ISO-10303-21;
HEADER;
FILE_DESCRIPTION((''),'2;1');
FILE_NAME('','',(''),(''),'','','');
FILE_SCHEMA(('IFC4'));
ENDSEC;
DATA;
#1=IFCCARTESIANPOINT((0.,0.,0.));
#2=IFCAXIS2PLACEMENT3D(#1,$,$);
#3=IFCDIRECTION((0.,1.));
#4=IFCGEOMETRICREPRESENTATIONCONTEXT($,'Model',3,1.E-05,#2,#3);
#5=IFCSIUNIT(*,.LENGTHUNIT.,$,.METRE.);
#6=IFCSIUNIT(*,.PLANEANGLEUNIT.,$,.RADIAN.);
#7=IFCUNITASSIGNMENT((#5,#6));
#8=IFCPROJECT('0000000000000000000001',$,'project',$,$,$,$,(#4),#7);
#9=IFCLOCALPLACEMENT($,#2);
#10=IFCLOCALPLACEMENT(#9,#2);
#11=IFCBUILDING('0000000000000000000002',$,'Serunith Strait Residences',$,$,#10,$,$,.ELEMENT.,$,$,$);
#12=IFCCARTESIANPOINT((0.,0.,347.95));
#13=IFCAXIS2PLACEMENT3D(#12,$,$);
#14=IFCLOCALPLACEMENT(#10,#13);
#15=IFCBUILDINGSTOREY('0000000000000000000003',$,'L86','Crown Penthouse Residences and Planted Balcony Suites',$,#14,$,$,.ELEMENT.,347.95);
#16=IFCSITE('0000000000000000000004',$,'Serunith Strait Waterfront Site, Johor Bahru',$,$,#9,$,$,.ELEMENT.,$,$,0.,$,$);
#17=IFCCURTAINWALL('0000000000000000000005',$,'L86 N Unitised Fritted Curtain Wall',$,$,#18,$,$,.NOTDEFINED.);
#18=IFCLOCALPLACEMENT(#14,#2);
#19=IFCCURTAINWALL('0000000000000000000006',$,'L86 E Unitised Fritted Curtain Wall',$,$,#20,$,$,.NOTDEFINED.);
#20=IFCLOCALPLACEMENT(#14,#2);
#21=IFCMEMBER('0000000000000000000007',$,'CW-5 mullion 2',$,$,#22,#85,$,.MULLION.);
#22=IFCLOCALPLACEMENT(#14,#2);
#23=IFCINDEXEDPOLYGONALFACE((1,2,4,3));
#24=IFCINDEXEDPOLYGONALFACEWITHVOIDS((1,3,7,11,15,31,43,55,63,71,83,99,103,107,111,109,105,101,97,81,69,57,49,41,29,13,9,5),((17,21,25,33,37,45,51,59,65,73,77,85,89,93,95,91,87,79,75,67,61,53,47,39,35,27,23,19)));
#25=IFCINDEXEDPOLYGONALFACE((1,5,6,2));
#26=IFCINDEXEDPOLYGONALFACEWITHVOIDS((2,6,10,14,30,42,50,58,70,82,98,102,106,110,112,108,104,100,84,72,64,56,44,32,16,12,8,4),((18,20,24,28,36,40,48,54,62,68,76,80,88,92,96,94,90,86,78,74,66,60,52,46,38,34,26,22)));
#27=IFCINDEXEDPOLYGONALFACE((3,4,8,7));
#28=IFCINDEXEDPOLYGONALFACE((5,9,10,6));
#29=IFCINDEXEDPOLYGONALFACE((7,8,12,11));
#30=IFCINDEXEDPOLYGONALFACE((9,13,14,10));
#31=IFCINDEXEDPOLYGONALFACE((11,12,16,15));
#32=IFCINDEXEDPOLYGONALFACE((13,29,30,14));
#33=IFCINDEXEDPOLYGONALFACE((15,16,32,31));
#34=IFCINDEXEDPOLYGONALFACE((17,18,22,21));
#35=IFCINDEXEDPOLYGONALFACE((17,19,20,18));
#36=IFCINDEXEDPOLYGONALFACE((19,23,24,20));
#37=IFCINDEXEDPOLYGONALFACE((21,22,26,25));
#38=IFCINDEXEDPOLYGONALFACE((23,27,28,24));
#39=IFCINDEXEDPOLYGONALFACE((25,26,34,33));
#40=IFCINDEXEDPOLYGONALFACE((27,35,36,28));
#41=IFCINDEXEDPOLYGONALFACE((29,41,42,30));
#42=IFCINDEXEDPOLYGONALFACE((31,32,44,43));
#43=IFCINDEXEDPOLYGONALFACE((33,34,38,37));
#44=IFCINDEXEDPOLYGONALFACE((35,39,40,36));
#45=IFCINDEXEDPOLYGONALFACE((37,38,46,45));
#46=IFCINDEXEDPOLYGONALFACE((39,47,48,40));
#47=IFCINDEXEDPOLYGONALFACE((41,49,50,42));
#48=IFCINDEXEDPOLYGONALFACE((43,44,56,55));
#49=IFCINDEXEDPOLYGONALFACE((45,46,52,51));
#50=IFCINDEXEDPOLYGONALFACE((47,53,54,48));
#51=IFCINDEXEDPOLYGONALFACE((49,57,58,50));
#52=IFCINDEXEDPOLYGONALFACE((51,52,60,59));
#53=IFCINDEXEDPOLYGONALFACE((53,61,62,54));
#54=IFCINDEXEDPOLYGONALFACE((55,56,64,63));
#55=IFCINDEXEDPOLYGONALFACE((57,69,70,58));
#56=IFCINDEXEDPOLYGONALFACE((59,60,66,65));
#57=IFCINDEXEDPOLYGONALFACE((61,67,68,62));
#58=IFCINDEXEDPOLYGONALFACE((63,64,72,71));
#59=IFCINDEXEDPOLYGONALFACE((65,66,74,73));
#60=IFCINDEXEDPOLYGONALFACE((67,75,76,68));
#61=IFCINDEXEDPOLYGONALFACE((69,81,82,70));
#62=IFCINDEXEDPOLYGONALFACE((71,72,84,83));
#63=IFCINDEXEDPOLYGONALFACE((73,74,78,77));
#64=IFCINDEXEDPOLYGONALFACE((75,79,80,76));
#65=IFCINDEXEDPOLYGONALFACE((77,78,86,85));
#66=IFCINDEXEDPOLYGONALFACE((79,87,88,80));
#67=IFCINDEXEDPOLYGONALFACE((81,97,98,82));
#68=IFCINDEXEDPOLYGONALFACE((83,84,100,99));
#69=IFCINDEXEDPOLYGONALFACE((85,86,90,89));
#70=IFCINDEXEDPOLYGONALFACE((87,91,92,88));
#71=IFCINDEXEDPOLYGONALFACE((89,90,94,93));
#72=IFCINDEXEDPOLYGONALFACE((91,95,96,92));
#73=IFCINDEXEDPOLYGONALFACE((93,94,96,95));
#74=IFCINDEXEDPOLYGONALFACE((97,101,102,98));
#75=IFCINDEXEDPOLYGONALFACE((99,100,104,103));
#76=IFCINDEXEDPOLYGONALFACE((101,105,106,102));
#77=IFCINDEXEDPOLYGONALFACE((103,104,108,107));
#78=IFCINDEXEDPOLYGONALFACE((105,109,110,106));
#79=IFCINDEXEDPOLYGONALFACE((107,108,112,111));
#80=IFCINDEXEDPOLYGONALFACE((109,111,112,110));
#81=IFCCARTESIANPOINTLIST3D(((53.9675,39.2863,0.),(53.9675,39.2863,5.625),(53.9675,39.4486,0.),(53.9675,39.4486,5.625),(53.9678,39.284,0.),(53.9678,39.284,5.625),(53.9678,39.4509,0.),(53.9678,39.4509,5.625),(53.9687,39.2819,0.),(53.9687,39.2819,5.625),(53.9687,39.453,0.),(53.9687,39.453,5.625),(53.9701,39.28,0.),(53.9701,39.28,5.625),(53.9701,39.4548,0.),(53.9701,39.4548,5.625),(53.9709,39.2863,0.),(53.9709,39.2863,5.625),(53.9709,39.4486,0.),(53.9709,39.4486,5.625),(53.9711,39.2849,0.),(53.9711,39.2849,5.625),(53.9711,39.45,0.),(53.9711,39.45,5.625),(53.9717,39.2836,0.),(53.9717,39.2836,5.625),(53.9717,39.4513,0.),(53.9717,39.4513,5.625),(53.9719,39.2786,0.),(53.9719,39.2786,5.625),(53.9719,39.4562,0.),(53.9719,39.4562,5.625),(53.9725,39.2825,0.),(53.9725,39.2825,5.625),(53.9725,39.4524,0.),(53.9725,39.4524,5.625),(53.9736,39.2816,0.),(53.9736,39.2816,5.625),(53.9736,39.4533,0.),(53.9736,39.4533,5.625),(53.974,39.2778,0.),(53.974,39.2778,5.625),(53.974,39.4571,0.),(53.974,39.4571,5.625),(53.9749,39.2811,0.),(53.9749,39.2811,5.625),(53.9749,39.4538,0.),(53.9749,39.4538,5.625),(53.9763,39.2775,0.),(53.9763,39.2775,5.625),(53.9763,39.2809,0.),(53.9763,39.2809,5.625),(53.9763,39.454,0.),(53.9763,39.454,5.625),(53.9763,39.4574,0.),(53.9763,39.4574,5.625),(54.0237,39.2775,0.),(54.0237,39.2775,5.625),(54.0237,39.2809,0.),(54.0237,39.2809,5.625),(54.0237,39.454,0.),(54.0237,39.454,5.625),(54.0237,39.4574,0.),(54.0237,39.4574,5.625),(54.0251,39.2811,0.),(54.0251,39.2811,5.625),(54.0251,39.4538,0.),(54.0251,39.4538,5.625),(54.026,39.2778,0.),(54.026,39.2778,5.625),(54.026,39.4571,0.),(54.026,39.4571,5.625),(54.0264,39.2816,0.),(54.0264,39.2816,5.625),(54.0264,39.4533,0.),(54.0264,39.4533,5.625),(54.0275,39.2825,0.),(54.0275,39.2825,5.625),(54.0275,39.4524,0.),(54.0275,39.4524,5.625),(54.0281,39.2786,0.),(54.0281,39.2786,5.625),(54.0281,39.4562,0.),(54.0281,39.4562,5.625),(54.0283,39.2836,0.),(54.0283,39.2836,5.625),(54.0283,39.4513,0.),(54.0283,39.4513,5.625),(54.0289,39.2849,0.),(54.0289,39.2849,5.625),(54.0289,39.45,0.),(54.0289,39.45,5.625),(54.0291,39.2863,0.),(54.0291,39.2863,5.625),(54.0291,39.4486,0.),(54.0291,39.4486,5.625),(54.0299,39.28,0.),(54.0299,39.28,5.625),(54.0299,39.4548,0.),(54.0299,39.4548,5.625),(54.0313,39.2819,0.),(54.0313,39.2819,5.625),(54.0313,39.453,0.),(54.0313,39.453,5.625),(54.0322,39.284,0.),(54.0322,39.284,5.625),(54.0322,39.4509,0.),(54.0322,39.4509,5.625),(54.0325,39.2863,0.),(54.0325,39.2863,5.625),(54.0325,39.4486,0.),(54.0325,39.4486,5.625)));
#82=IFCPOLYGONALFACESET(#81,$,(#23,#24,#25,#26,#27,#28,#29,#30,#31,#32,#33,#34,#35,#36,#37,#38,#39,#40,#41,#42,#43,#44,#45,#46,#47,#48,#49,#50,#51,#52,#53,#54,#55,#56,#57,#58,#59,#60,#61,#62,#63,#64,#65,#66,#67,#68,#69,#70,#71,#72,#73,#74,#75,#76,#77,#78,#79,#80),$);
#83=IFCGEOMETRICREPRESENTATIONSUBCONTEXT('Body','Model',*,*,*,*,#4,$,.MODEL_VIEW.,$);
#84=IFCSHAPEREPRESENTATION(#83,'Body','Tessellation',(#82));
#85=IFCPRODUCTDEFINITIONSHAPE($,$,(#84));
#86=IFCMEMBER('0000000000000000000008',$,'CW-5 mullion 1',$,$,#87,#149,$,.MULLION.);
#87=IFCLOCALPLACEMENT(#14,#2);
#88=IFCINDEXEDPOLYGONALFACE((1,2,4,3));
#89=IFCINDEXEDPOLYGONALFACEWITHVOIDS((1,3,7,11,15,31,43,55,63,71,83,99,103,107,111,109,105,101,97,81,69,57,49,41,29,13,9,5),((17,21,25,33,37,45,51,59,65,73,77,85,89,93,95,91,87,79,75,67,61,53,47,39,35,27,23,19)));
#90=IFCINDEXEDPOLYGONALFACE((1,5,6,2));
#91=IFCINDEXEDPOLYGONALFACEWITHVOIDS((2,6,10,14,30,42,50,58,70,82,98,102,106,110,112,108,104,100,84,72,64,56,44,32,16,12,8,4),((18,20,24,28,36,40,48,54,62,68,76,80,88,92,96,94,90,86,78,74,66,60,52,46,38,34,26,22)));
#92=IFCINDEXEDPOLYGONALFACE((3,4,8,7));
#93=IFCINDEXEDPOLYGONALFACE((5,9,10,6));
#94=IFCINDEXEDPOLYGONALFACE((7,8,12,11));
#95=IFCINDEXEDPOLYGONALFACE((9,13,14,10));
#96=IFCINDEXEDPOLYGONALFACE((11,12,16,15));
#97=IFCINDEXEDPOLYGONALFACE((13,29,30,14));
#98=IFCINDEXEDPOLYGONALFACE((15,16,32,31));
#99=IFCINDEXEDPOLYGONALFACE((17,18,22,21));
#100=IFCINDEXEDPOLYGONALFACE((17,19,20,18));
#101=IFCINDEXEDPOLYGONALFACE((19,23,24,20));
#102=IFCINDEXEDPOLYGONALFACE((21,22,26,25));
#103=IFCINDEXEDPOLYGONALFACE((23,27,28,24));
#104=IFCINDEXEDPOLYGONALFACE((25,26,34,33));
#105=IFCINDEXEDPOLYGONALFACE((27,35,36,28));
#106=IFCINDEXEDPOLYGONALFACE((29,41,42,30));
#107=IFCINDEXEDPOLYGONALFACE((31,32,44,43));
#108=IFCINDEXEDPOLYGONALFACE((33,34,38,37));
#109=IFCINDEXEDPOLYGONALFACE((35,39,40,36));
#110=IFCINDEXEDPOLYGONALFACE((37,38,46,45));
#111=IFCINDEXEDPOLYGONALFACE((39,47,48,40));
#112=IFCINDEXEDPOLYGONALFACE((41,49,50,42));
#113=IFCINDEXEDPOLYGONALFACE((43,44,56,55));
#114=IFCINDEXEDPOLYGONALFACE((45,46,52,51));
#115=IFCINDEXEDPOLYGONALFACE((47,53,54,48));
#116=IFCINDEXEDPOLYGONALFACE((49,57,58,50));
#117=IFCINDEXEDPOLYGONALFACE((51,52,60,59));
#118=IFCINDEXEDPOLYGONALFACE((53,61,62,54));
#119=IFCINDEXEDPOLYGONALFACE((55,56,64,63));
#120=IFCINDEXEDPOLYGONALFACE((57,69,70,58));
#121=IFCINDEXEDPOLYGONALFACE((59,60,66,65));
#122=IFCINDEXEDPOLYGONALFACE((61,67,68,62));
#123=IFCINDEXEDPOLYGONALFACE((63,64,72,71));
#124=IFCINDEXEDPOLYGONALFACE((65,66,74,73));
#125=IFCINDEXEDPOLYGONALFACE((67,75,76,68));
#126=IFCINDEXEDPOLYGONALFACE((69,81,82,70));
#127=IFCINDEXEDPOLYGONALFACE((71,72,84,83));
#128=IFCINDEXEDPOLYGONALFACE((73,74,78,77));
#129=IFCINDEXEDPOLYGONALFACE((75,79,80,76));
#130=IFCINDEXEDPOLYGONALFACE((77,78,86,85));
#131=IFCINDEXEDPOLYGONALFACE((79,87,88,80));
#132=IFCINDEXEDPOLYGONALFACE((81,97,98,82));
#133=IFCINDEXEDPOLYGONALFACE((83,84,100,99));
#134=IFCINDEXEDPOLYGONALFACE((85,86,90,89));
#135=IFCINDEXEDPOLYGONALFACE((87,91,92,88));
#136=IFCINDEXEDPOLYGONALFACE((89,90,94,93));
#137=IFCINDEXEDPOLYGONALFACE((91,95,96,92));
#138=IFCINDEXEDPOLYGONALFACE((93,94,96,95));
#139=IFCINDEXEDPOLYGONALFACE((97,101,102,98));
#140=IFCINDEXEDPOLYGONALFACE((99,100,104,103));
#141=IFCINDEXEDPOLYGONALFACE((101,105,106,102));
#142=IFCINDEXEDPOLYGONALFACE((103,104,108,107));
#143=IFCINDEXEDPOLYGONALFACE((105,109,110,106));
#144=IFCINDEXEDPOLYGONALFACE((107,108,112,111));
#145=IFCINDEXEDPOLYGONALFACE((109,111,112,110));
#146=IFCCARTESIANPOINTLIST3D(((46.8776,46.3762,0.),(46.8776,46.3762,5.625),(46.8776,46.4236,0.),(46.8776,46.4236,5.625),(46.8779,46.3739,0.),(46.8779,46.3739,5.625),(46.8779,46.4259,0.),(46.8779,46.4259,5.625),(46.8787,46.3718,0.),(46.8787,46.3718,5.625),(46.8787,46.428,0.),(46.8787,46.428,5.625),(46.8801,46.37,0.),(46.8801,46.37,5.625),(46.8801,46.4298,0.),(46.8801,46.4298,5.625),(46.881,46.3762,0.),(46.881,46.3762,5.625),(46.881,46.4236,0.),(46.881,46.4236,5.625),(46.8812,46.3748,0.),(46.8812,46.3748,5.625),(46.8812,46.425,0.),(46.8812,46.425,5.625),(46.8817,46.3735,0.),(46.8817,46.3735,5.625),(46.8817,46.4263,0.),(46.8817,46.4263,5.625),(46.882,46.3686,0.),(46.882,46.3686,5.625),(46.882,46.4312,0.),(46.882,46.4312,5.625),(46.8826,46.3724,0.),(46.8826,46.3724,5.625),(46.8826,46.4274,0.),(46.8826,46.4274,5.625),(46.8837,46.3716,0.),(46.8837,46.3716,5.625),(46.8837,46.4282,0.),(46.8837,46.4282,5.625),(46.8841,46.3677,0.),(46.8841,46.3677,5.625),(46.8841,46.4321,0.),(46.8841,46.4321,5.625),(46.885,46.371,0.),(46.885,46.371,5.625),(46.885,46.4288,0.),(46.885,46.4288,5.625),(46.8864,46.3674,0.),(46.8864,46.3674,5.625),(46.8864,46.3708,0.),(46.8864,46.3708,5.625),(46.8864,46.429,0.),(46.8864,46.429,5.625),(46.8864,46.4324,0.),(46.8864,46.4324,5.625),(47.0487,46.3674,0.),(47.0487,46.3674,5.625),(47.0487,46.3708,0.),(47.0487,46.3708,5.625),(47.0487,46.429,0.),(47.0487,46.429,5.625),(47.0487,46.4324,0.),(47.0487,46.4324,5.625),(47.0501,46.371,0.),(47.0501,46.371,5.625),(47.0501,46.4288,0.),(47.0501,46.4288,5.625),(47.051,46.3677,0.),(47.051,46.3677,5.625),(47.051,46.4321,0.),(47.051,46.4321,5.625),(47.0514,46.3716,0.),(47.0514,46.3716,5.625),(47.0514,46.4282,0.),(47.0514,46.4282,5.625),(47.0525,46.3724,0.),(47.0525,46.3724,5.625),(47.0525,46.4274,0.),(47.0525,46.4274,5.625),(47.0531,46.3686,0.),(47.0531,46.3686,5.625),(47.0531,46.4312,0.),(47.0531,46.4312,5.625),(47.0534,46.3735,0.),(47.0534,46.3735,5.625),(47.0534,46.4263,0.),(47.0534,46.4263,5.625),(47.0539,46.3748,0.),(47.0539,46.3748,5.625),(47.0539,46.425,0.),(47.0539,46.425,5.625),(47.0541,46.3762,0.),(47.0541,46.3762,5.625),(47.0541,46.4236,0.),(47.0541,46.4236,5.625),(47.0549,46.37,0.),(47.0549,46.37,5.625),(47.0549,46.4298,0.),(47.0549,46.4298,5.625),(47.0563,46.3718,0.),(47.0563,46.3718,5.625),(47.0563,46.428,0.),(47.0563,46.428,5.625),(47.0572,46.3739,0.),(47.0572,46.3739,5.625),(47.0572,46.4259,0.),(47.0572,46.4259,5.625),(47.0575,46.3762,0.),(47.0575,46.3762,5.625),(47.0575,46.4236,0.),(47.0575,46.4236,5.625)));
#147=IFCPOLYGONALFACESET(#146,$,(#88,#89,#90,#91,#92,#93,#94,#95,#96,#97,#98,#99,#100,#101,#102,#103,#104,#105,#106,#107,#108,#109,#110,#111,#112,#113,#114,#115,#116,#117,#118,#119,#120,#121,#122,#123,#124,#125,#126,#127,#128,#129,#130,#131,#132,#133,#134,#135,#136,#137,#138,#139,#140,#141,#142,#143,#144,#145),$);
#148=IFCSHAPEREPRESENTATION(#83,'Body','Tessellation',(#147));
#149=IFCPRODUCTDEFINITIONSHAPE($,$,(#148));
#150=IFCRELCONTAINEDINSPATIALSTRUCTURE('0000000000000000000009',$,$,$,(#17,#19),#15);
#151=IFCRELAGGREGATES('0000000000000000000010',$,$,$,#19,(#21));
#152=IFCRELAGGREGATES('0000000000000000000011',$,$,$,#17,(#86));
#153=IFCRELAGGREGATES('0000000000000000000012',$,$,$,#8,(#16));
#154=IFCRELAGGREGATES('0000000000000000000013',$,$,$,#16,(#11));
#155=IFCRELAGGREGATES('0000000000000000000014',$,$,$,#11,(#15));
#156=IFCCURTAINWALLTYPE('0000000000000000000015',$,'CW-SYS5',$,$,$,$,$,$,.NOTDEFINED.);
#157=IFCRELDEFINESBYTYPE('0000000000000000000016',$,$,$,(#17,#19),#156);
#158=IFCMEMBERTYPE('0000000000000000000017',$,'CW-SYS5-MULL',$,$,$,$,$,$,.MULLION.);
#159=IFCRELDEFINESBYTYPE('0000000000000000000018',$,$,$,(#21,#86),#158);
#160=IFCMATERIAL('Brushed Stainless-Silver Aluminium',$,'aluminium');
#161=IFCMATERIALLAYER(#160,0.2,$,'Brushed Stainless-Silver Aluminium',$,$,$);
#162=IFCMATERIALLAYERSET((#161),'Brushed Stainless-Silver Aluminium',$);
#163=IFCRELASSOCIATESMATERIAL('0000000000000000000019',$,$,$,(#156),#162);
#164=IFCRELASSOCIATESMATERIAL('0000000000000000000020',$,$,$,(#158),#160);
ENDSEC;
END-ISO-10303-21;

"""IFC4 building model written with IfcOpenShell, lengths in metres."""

from ifc_helpers import new_model, si_unit, direction, frame, origin, origin_2d, place, context, subcontext, project, spatial, hollow_rectangle, extrude, source, transform, mapped, material, layer, layer_set, material_profile, profile_set, type_object, element, aggregate, save


model = new_model("IFC4")

# Units and contexts
model_context = context("Model", 3, precision=1e-05, world=origin(), true_north=direction((0.0, 1.0)))
body_context = subcontext(model_context, "Body", "Model", "MODEL_VIEW")
ifc_project = project(units=[si_unit("LENGTHUNIT", "METRE"), si_unit("PLANEANGLEUNIT", "RADIAN")], contexts=[model_context])

# Site, building, storey
site_placement = place(None, origin())
site = spatial("IfcSite", under=ifc_project, at=site_placement, Name="Serunith Strait Waterfront Site, Johor Bahru", CompositionType="ELEMENT", RefElevation=0.0)
building_placement = place(site_placement, origin())
building = spatial("IfcBuilding", under=site, at=building_placement, Name="Serunith Strait Residences", CompositionType="ELEMENT")
storey_placement = place(building_placement, frame((0.0, 0.0, 347.95)))
storey = spatial("IfcBuildingStorey", under=building, at=storey_placement, Name="L86", Description="Crown Penthouse Residences and Planted Balcony Suites", CompositionType="ELEMENT", Elevation=347.95)

# Curtain wall
ifc_material_1 = material(Name="Brushed Stainless-Silver Aluminium", Category="aluminium")
ifc_layer_1 = layer(ifc_material_1, 0.2, Name="Brushed Stainless-Silver Aluminium")
ifc_layer_set_1 = layer_set([ifc_layer_1], Name="Brushed Stainless-Silver Aluminium")
curtain_wall_type = type_object("IfcCurtainWallType", Name="CW-SYS5", PredefinedType="NOTDEFINED", material=ifc_layer_set_1)
curtain_wall_1_placement = place(storey_placement, origin())
curtain_wall_1 = element("IfcCurtainWall", 1, at=curtain_wall_1_placement, inside=storey, type_object=curtain_wall_type, Name="L86 N Unitised Fritted Curtain Wall", PredefinedType="NOTDEFINED")

# Curtain wall, member
curtain_wall_2_placement = place(storey_placement, origin())
curtain_wall_2 = element("IfcCurtainWall", 2, at=curtain_wall_2_placement, inside=storey, type_object=curtain_wall_type, Name="L86 E Unitised Fritted Curtain Wall", PredefinedType="NOTDEFINED")
ifc_material_profile_1 = material_profile(ifc_material_1, hollow_rectangle(XDim=0.0649, YDim=0.1799, WallThickness=0.0034, InnerFilletRadius=0.0054, OuterFilletRadius=0.0088, at=origin_2d()), Name="ALU 180x65x3.5")
ifc_profile_set_1 = profile_set([ifc_material_profile_1], Name="Brushed Stainless-Silver Aluminium")
member_type_1 = type_object("IfcMemberType", Name="CW-SYS5-MULL", PredefinedType="MULLION", material=ifc_profile_set_1)
shared_shape_1 = source(origin(), body_context, "Body", "SweptSolid", [
    extrude(hollow_rectangle(XDim=0.0649, YDim=0.1799, WallThickness=0.0034, InnerFilletRadius=0.0054, OuterFilletRadius=0.0088, at=origin_2d()), origin(), (0.0, 0.0, 1.0), 5.625),
])
member_1_placement = place(storey_placement, frame((54.0, 39.3674, 0.0), z_axis=(0.0, 0.0, 1.0), x_axis=(-1.0, 0.0, 0.0)))
member_1 = element("IfcMember", 3, at=member_1_placement, type_object=member_type_1, Name="CW-5 mullion 2", PredefinedType="MULLION", context=body_context, shape_type="MappedRepresentation", body=[
    mapped(shared_shape_1, transform((0.0, 0.0, 0.0), scale=1.0)),
])
aggregate(curtain_wall_2, [member_1])

# Member
member_2_placement = place(storey_placement, frame((46.9675, 46.3999, 0.0), z_axis=(0.0, 0.0, 1.0), x_axis=(0.0, -1.0, 0.0)))
member_2 = element("IfcMember", 4, at=member_2_placement, type_object=member_type_1, Name="CW-5 mullion 1", PredefinedType="MULLION", context=body_context, shape_type="MappedRepresentation", body=[
    mapped(shared_shape_1, transform((0.0, 0.0, 0.0), scale=1.0)),
])

aggregate(curtain_wall_1, [member_2])

save(model, "model.ifc")
